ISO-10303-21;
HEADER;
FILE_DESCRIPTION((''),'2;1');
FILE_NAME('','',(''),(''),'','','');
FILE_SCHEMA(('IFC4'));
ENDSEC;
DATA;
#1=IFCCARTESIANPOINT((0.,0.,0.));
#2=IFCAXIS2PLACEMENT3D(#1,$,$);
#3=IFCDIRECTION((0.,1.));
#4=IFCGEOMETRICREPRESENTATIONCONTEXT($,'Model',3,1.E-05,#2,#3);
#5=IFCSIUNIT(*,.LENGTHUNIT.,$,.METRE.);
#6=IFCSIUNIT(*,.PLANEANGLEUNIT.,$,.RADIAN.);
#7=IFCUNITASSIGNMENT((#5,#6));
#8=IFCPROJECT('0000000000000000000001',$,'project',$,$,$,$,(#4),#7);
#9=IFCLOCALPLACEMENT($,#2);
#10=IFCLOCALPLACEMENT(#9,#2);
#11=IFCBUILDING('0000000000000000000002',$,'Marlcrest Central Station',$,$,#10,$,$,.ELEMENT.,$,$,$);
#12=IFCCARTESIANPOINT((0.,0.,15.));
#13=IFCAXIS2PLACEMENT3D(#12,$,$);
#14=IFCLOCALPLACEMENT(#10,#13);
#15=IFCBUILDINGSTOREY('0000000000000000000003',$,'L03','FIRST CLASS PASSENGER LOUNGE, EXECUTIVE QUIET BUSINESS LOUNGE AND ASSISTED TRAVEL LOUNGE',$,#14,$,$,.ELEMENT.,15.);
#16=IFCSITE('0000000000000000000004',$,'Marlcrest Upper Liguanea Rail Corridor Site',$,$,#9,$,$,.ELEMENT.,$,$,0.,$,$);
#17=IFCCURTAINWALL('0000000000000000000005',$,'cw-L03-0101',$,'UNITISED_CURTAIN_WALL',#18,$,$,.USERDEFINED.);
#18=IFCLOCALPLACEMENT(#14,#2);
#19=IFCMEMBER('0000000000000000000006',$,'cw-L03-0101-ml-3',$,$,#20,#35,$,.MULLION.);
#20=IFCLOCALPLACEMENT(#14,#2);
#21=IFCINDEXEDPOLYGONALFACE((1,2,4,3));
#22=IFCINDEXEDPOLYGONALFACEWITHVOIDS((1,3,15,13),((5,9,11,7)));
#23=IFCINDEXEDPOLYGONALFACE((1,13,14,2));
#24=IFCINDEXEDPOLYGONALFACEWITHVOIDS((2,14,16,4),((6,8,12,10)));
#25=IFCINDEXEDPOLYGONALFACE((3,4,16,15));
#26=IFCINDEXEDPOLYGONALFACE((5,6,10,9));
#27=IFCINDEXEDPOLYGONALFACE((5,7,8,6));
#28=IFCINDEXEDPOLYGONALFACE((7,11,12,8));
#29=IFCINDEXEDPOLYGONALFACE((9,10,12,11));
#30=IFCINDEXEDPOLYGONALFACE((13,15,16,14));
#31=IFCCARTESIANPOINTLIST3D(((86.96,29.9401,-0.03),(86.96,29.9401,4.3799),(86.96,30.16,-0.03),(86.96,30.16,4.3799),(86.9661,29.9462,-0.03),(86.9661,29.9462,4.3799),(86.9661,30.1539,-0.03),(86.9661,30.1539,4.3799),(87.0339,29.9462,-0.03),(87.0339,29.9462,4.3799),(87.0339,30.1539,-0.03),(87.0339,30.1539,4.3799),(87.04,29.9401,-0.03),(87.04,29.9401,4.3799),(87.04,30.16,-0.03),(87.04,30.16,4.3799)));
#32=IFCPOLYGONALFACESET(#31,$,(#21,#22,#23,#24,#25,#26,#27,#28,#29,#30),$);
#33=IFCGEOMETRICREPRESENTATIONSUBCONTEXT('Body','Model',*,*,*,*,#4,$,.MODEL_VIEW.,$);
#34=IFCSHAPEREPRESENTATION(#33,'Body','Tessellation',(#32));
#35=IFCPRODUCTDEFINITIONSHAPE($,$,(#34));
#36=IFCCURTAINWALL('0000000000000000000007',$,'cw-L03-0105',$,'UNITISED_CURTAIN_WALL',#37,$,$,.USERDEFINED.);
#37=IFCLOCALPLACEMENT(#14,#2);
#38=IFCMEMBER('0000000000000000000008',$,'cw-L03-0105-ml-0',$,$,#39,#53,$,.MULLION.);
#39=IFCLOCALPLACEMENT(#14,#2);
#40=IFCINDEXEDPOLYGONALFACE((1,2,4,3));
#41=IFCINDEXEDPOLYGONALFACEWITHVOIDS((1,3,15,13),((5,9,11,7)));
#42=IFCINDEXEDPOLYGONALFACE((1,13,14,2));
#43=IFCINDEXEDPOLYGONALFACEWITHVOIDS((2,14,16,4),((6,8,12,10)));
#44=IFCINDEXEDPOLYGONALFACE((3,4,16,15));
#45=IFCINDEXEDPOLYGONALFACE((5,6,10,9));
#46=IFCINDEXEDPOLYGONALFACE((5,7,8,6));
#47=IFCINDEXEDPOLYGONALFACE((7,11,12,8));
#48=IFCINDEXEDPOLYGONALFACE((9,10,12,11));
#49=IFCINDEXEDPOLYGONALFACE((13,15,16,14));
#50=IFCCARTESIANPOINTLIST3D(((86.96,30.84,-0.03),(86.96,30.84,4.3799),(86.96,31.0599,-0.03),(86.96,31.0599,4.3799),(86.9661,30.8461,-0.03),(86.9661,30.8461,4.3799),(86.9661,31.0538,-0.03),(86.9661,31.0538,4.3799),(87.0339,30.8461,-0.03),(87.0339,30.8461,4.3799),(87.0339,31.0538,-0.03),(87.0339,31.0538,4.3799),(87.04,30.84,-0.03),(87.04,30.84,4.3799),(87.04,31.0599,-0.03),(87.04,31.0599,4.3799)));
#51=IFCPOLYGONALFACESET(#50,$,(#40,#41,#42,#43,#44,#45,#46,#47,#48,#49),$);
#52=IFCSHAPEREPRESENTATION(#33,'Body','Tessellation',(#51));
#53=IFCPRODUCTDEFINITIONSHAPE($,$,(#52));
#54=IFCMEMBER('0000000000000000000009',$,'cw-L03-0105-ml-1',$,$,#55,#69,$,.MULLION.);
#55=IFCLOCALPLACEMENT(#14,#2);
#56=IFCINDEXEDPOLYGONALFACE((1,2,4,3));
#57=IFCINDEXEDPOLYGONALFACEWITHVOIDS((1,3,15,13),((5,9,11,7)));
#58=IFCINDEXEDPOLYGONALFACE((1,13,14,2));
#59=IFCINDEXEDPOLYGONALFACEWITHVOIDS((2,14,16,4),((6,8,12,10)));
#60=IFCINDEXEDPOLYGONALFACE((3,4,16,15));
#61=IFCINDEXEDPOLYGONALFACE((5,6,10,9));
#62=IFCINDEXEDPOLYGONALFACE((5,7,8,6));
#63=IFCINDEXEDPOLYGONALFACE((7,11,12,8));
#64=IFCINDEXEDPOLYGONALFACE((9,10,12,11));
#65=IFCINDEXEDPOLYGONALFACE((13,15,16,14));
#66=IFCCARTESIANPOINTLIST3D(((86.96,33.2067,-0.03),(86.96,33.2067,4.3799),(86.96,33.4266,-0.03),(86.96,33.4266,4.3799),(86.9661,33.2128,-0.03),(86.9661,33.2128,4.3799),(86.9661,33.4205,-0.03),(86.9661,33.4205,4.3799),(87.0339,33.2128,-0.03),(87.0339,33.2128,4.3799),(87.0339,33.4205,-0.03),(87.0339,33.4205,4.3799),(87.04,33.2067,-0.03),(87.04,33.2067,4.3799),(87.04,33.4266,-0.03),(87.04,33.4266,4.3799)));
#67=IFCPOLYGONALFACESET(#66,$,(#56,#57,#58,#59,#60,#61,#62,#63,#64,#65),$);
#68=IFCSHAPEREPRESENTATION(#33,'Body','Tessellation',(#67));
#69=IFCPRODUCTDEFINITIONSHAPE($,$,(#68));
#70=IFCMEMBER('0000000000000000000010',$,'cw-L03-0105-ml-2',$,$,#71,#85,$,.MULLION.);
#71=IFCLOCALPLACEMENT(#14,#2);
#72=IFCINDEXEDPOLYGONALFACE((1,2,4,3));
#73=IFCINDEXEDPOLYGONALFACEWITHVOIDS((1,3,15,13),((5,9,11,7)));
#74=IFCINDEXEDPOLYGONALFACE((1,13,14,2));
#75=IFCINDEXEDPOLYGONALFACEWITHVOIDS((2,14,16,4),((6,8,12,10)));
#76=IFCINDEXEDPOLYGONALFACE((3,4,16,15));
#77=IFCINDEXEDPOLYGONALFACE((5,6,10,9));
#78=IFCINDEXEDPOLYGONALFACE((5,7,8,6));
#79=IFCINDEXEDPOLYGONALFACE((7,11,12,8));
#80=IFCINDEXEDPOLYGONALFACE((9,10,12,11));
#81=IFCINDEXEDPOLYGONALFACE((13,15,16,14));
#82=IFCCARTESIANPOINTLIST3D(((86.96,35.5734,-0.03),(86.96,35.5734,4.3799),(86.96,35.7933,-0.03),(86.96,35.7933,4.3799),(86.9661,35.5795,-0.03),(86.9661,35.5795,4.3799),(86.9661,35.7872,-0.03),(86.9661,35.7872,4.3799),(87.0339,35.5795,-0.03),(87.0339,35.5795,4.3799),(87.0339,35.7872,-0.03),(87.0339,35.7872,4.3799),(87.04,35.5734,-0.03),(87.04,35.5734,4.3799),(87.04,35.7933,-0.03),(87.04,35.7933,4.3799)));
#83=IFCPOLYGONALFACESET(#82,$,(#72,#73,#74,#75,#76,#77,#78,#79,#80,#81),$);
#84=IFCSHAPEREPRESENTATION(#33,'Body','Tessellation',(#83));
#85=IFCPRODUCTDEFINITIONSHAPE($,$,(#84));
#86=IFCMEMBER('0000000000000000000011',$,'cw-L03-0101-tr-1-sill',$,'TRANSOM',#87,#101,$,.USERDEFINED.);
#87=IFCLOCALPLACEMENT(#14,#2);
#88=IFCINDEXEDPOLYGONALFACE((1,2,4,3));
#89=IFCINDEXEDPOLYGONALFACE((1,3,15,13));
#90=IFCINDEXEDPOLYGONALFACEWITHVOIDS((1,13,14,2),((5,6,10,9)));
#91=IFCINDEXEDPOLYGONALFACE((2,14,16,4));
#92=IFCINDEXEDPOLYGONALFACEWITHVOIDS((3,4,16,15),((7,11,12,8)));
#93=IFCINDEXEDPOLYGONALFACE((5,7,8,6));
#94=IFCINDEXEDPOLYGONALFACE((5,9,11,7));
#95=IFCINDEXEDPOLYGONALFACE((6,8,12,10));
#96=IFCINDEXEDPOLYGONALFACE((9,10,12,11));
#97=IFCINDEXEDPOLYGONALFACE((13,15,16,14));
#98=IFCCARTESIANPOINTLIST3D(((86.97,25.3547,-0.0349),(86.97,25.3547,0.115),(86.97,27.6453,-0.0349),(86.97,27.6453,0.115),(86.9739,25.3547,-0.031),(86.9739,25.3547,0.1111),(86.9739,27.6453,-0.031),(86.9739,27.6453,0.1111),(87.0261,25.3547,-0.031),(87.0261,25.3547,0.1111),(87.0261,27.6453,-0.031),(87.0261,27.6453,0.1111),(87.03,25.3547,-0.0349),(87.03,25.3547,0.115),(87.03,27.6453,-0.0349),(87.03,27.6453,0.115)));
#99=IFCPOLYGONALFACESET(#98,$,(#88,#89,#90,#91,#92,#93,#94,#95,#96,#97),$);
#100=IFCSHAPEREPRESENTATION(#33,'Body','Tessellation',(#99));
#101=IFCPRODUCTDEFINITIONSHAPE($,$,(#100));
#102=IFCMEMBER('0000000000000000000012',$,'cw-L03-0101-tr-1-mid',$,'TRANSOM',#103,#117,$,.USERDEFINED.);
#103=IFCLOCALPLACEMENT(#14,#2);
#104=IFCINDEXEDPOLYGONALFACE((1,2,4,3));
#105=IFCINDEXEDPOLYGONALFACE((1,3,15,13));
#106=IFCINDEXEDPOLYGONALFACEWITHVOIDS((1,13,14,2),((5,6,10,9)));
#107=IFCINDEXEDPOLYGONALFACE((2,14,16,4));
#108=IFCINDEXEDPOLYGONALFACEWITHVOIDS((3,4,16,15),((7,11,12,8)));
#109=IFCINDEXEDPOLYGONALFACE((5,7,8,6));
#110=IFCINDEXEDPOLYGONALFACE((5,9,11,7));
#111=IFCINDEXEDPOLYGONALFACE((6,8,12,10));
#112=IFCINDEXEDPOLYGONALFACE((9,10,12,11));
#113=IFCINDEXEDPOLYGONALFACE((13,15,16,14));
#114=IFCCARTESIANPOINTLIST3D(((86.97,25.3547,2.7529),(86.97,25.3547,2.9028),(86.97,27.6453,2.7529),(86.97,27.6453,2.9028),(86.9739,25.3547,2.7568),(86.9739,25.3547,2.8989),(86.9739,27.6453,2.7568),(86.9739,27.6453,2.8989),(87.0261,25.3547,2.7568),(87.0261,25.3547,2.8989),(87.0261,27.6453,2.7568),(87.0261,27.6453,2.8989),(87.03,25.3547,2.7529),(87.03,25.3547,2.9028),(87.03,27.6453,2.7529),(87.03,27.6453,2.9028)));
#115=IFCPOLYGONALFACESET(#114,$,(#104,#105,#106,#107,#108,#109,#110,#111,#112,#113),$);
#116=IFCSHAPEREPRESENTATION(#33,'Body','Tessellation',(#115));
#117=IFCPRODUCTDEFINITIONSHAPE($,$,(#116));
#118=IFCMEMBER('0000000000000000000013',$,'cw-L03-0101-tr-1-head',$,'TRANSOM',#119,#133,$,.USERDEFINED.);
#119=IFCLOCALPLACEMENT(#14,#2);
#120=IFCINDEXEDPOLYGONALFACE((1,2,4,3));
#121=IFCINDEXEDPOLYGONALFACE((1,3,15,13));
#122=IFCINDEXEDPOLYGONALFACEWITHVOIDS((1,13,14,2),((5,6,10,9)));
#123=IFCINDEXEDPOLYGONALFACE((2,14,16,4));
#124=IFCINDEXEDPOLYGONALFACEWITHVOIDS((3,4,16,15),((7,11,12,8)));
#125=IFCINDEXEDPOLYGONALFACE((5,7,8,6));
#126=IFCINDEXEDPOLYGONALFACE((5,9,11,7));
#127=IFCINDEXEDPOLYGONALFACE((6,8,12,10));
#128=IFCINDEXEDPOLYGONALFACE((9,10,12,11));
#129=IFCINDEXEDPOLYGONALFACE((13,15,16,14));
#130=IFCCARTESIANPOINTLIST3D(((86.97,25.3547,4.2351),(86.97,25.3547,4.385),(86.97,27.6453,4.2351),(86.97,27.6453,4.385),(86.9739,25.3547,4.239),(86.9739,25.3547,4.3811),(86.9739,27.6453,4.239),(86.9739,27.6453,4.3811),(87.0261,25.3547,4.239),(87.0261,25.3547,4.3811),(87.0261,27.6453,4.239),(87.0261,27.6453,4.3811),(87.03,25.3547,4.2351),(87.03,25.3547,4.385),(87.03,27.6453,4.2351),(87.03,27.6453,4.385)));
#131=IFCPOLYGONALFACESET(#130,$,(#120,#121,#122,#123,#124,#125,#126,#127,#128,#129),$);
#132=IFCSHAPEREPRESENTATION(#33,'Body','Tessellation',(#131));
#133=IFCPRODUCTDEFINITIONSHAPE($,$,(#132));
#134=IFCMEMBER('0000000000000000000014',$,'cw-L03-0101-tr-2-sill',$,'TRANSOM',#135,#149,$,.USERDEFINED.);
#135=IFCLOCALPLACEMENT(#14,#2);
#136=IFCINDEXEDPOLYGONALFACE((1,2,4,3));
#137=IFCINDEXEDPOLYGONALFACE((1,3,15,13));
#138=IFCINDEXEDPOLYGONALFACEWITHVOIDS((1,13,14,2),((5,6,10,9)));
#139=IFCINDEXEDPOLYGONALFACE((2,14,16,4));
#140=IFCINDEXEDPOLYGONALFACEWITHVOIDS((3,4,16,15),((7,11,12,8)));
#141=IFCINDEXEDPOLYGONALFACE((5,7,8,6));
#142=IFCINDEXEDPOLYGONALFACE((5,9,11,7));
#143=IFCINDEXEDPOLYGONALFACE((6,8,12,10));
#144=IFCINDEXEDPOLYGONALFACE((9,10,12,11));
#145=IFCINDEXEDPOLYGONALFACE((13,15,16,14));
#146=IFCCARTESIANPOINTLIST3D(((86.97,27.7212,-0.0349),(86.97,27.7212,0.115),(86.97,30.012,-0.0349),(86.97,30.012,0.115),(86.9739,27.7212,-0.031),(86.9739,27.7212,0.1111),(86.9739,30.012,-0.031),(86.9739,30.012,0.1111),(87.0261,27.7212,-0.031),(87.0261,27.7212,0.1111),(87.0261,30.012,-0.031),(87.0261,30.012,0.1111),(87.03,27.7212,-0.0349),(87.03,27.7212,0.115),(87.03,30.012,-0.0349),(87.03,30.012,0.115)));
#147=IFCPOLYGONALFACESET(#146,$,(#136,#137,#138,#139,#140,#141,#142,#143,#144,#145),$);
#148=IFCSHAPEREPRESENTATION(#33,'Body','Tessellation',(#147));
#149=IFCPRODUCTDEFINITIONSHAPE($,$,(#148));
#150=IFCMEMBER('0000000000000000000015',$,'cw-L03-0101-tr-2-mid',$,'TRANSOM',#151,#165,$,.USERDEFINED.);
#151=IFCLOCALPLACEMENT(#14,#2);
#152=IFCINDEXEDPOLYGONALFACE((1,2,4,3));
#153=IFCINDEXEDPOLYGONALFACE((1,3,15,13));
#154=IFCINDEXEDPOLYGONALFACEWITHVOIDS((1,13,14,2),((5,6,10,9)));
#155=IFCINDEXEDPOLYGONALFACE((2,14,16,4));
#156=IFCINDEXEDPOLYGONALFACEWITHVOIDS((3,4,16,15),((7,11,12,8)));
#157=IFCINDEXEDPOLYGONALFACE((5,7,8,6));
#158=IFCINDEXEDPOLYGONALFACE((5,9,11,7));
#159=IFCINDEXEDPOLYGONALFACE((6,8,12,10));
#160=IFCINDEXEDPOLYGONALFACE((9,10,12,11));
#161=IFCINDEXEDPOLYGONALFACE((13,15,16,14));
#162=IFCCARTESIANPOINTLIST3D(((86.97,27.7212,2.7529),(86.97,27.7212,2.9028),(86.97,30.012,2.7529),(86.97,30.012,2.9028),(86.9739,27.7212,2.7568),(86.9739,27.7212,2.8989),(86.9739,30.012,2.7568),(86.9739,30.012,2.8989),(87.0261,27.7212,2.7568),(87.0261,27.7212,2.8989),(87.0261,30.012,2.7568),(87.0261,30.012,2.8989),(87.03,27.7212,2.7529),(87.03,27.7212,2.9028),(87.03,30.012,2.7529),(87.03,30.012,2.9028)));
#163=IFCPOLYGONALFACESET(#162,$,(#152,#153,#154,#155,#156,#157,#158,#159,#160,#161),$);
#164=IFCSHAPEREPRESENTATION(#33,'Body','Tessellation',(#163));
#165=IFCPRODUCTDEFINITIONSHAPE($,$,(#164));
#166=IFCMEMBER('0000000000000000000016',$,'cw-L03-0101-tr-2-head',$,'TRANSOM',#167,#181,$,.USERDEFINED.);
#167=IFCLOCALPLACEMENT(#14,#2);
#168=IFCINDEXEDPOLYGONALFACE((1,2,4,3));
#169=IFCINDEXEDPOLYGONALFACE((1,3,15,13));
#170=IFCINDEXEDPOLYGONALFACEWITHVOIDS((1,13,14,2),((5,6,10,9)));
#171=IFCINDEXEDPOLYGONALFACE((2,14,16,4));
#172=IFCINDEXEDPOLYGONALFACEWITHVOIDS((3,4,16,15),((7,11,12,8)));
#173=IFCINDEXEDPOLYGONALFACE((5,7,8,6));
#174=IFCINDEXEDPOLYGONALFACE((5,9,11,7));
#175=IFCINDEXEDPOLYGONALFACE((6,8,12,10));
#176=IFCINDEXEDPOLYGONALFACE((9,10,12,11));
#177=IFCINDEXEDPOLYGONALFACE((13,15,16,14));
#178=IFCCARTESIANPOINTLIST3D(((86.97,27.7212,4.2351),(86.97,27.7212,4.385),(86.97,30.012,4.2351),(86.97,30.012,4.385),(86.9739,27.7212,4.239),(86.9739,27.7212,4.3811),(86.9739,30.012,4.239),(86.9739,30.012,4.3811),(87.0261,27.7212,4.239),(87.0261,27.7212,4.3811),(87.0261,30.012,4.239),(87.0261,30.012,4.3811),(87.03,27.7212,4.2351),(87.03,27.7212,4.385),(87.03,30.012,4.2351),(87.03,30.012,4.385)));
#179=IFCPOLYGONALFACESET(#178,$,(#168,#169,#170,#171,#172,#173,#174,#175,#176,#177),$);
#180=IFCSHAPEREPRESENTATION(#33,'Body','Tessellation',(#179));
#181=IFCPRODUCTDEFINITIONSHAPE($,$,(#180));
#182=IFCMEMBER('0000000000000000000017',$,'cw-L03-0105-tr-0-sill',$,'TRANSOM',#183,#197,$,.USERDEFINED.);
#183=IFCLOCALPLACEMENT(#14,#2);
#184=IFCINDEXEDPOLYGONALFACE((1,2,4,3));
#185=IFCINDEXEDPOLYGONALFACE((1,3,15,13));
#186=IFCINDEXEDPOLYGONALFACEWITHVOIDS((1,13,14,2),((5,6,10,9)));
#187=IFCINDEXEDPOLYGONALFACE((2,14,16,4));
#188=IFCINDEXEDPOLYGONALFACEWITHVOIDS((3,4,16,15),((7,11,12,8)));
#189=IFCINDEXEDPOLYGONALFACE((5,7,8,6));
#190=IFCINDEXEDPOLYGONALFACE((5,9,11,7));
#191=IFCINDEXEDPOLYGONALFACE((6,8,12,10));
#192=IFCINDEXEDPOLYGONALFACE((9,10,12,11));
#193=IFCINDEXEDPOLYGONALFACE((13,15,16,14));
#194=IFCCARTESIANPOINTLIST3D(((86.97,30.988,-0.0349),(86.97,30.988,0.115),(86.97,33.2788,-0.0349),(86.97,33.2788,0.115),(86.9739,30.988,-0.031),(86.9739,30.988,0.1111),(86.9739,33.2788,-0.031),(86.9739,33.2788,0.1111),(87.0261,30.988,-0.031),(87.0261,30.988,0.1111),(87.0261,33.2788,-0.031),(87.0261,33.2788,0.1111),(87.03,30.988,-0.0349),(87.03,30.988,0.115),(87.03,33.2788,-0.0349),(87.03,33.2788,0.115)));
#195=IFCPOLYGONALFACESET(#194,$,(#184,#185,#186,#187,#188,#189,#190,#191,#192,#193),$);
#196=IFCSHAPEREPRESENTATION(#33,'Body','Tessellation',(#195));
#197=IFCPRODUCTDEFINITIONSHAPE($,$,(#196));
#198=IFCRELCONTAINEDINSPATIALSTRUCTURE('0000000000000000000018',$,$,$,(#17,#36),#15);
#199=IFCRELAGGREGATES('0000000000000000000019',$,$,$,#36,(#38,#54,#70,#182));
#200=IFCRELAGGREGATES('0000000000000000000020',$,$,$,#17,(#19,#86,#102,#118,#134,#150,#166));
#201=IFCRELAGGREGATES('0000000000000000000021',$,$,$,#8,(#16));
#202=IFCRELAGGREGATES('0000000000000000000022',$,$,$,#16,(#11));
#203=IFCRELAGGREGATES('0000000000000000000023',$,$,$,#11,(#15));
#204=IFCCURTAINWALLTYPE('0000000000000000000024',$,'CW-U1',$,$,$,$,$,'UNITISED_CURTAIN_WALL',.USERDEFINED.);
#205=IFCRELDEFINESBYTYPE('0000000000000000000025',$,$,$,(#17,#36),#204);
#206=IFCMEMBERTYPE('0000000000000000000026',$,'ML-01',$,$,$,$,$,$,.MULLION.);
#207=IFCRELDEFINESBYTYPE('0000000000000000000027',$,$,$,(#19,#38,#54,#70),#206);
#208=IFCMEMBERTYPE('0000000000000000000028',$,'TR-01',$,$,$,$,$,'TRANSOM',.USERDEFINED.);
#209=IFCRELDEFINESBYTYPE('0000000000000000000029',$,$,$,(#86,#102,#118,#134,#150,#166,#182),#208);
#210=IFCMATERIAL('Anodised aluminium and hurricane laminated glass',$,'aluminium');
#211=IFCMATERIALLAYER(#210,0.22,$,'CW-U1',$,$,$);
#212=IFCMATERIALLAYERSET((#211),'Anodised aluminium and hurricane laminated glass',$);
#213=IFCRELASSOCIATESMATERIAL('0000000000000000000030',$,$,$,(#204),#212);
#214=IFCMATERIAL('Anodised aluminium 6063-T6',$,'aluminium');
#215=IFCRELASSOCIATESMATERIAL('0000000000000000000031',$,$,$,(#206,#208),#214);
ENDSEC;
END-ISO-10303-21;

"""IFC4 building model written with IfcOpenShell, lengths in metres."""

from ifc_helpers import new_model, si_unit, direction, frame, origin, origin_2d, place, context, subcontext, project, spatial, hollow_rectangle, extrude, material, layer, layer_set, material_profile, profile_set, type_object, element, aggregate, save


model = new_model("IFC4")

# Units and contexts
model_context = context("Model", 3, precision=1e-05, world=origin(), true_north=direction((0.0, 1.0)))
body_context = subcontext(model_context, "Body", "Model", "MODEL_VIEW")
ifc_project = project(units=[si_unit("LENGTHUNIT", "METRE"), si_unit("PLANEANGLEUNIT", "RADIAN")], contexts=[model_context])

# Site, building, storey
site_placement = place(None, origin())
site = spatial("IfcSite", under=ifc_project, at=site_placement, Name="Marlcrest Upper Liguanea Rail Corridor Site", CompositionType="ELEMENT", RefElevation=0.0)
building_placement = place(site_placement, origin())
building = spatial("IfcBuilding", under=site, at=building_placement, Name="Marlcrest Central Station", CompositionType="ELEMENT")
storey_placement = place(building_placement, frame((0.0, 0.0, 15.0)))
storey = spatial("IfcBuildingStorey", under=building, at=storey_placement, Name="L03", Description="FIRST CLASS PASSENGER LOUNGE, EXECUTIVE QUIET BUSINESS LOUNGE AND ASSISTED TRAVEL LOUNGE", CompositionType="ELEMENT", Elevation=15.0)

# Curtain walls, members
ifc_material_1 = material(Name="Anodised aluminium and hurricane laminated glass", Category="aluminium")
ifc_layer_1 = layer(ifc_material_1, 0.22, Name="CW-U1")
ifc_layer_set_1 = layer_set([ifc_layer_1], Name="Anodised aluminium and hurricane laminated glass")
curtain_wall_type = type_object("IfcCurtainWallType", Name="CW-U1", ElementType="UNITISED_CURTAIN_WALL", PredefinedType="USERDEFINED", material=ifc_layer_set_1)
curtain_wall_1_placement = place(storey_placement, origin())
curtain_wall_1 = element("IfcCurtainWall", 1, at=curtain_wall_1_placement, inside=storey, type_object=curtain_wall_type, Name="cw-L03-0101", ObjectType="UNITISED_CURTAIN_WALL", PredefinedType="USERDEFINED")
ifc_material_2 = material(Name="Anodised aluminium 6063-T6", Category="aluminium")
ifc_material_profile_1 = material_profile(ifc_material_2, hollow_rectangle(XDim=0.0801, YDim=0.22, WallThickness=0.0061, at=origin_2d()), Name="AA-RHS 220x80x6")
ifc_profile_set_1 = profile_set([ifc_material_profile_1], Name="Anodised aluminium 6063-T6")
member_type_1 = type_object("IfcMemberType", Name="ML-01", PredefinedType="MULLION", material=ifc_profile_set_1)
member_1_placement = place(storey_placement, frame((87.0, 30.05, -0.03), z_axis=(0.0, 0.0, 1.0), x_axis=(1.0, 0.0, 0.0)))
member_1 = element("IfcMember", 2, at=member_1_placement, type_object=member_type_1, Name="cw-L03-0101-ml-3", PredefinedType="MULLION", context=body_context, shape_type="SweptSolid", body=[
    extrude(hollow_rectangle(XDim=0.0801, YDim=0.22, WallThickness=0.0061, at=origin_2d()), origin(), (0.0, 0.0, 1.0), 4.4099),
])
curtain_wall_2_placement = place(storey_placement, origin())
curtain_wall_2 = element("IfcCurtainWall", 3, at=curtain_wall_2_placement, inside=storey, type_object=curtain_wall_type, Name="cw-L03-0105", ObjectType="UNITISED_CURTAIN_WALL", PredefinedType="USERDEFINED")
member_2_placement = place(storey_placement, frame((87.0, 30.95, -0.03), z_axis=(0.0, 0.0, 1.0), x_axis=(1.0, 0.0, 0.0)))
member_2 = element("IfcMember", 4, at=member_2_placement, type_object=member_type_1, Name="cw-L03-0105-ml-0", PredefinedType="MULLION", context=body_context, shape_type="SweptSolid", body=[
    extrude(hollow_rectangle(XDim=0.0801, YDim=0.22, WallThickness=0.0061, at=origin_2d()), origin(), (0.0, 0.0, 1.0), 4.4099),
])
member_3_placement = place(storey_placement, frame((87.0, 33.3167, -0.03), z_axis=(0.0, 0.0, 1.0), x_axis=(1.0, 0.0, 0.0)))
member_3 = element("IfcMember", 5, at=member_3_placement, type_object=member_type_1, Name="cw-L03-0105-ml-1", PredefinedType="MULLION", context=body_context, shape_type="SweptSolid", body=[
    extrude(hollow_rectangle(XDim=0.0801, YDim=0.22, WallThickness=0.0061, at=origin_2d()), origin(), (0.0, 0.0, 1.0), 4.4099),
])
member_4_placement = place(storey_placement, frame((87.0, 35.6833, -0.03), z_axis=(0.0, 0.0, 1.0), x_axis=(1.0, 0.0, 0.0)))
member_4 = element("IfcMember", 6, at=member_4_placement, type_object=member_type_1, Name="cw-L03-0105-ml-2", PredefinedType="MULLION", context=body_context, shape_type="SweptSolid", body=[
    extrude(hollow_rectangle(XDim=0.0801, YDim=0.22, WallThickness=0.0061, at=origin_2d()), origin(), (0.0, 0.0, 1.0), 4.4099),
])

# Members
ifc_material_profile_2 = material_profile(ifc_material_2, hollow_rectangle(XDim=0.0601, YDim=0.1499, WallThickness=0.0039, at=origin_2d()), Name="AA-RHS 150x60x4")
ifc_profile_set_2 = profile_set([ifc_material_profile_2], Name="Anodised aluminium 6063-T6")
member_type_2 = type_object("IfcMemberType", Name="TR-01", ElementType="TRANSOM", PredefinedType="USERDEFINED", material=ifc_profile_set_2)
member_5_placement = place(storey_placement, frame((87.0, 25.3547, 0.04), z_axis=(0.0, 1.0, 0.0), x_axis=(-1.0, 0.0, 0.0)))
member_5 = element("IfcMember", 7, at=member_5_placement, type_object=member_type_2, Name="cw-L03-0101-tr-1-sill", ObjectType="TRANSOM", PredefinedType="USERDEFINED", context=body_context, shape_type="SweptSolid", body=[
    extrude(hollow_rectangle(XDim=0.0601, YDim=0.1499, WallThickness=0.0039, at=origin_2d()), origin(), (0.0, 0.0, 1.0), 2.2905),
])
member_6_placement = place(storey_placement, frame((87.0, 25.3547, 2.8279), z_axis=(0.0, 1.0, 0.0), x_axis=(-1.0, 0.0, 0.0)))
member_6 = element("IfcMember", 8, at=member_6_placement, type_object=member_type_2, Name="cw-L03-0101-tr-1-mid", ObjectType="TRANSOM", PredefinedType="USERDEFINED", context=body_context, shape_type="SweptSolid", body=[
    extrude(hollow_rectangle(XDim=0.0601, YDim=0.1499, WallThickness=0.0039, at=origin_2d()), origin(), (0.0, 0.0, 1.0), 2.2905),
])
member_7_placement = place(storey_placement, frame((87.0, 25.3547, 4.3101), z_axis=(0.0, 1.0, 0.0), x_axis=(-1.0, 0.0, 0.0)))
member_7 = element("IfcMember", 9, at=member_7_placement, type_object=member_type_2, Name="cw-L03-0101-tr-1-head", ObjectType="TRANSOM", PredefinedType="USERDEFINED", context=body_context, shape_type="SweptSolid", body=[
    extrude(hollow_rectangle(XDim=0.0601, YDim=0.1499, WallThickness=0.0039, at=origin_2d()), origin(), (0.0, 0.0, 1.0), 2.2905),
])
member_8_placement = place(storey_placement, frame((87.0, 27.7212, 0.04), z_axis=(0.0, 1.0, 0.0), x_axis=(-1.0, 0.0, 0.0)))
member_8 = element("IfcMember", 10, at=member_8_placement, type_object=member_type_2, Name="cw-L03-0101-tr-2-sill", ObjectType="TRANSOM", PredefinedType="USERDEFINED", context=body_context, shape_type="SweptSolid", body=[
    extrude(hollow_rectangle(XDim=0.0601, YDim=0.1499, WallThickness=0.0039, at=origin_2d()), origin(), (0.0, 0.0, 1.0), 2.2908),
])
member_9_placement = place(storey_placement, frame((87.0, 27.7212, 2.8279), z_axis=(0.0, 1.0, 0.0), x_axis=(-1.0, 0.0, 0.0)))
member_9 = element("IfcMember", 11, at=member_9_placement, type_object=member_type_2, Name="cw-L03-0101-tr-2-mid", ObjectType="TRANSOM", PredefinedType="USERDEFINED", context=body_context, shape_type="SweptSolid", body=[
    extrude(hollow_rectangle(XDim=0.0601, YDim=0.1499, WallThickness=0.0039, at=origin_2d()), origin(), (0.0, 0.0, 1.0), 2.2908),
])
member_10_placement = place(storey_placement, frame((87.0, 27.7212, 4.3101), z_axis=(0.0, 1.0, 0.0), x_axis=(-1.0, 0.0, 0.0)))
member_10 = element("IfcMember", 12, at=member_10_placement, type_object=member_type_2, Name="cw-L03-0101-tr-2-head", ObjectType="TRANSOM", PredefinedType="USERDEFINED", context=body_context, shape_type="SweptSolid", body=[
    extrude(hollow_rectangle(XDim=0.0601, YDim=0.1499, WallThickness=0.0039, at=origin_2d()), origin(), (0.0, 0.0, 1.0), 2.2908),
])
member_11_placement = place(storey_placement, frame((87.0, 30.988, 0.04), z_axis=(0.0, 1.0, 0.0), x_axis=(-1.0, 0.0, 0.0)))
member_11 = element("IfcMember", 13, at=member_11_placement, type_object=member_type_2, Name="cw-L03-0105-tr-0-sill", ObjectType="TRANSOM", PredefinedType="USERDEFINED", context=body_context, shape_type="SweptSolid", body=[
    extrude(hollow_rectangle(XDim=0.0601, YDim=0.1499, WallThickness=0.0039, at=origin_2d()), origin(), (0.0, 0.0, 1.0), 2.2908),
])

aggregate(curtain_wall_2, [member_2, member_3, member_4, member_11])
aggregate(curtain_wall_1, [member_1, member_5, member_6, member_7, member_8, member_9, member_10])

save(model, "model.ifc")
